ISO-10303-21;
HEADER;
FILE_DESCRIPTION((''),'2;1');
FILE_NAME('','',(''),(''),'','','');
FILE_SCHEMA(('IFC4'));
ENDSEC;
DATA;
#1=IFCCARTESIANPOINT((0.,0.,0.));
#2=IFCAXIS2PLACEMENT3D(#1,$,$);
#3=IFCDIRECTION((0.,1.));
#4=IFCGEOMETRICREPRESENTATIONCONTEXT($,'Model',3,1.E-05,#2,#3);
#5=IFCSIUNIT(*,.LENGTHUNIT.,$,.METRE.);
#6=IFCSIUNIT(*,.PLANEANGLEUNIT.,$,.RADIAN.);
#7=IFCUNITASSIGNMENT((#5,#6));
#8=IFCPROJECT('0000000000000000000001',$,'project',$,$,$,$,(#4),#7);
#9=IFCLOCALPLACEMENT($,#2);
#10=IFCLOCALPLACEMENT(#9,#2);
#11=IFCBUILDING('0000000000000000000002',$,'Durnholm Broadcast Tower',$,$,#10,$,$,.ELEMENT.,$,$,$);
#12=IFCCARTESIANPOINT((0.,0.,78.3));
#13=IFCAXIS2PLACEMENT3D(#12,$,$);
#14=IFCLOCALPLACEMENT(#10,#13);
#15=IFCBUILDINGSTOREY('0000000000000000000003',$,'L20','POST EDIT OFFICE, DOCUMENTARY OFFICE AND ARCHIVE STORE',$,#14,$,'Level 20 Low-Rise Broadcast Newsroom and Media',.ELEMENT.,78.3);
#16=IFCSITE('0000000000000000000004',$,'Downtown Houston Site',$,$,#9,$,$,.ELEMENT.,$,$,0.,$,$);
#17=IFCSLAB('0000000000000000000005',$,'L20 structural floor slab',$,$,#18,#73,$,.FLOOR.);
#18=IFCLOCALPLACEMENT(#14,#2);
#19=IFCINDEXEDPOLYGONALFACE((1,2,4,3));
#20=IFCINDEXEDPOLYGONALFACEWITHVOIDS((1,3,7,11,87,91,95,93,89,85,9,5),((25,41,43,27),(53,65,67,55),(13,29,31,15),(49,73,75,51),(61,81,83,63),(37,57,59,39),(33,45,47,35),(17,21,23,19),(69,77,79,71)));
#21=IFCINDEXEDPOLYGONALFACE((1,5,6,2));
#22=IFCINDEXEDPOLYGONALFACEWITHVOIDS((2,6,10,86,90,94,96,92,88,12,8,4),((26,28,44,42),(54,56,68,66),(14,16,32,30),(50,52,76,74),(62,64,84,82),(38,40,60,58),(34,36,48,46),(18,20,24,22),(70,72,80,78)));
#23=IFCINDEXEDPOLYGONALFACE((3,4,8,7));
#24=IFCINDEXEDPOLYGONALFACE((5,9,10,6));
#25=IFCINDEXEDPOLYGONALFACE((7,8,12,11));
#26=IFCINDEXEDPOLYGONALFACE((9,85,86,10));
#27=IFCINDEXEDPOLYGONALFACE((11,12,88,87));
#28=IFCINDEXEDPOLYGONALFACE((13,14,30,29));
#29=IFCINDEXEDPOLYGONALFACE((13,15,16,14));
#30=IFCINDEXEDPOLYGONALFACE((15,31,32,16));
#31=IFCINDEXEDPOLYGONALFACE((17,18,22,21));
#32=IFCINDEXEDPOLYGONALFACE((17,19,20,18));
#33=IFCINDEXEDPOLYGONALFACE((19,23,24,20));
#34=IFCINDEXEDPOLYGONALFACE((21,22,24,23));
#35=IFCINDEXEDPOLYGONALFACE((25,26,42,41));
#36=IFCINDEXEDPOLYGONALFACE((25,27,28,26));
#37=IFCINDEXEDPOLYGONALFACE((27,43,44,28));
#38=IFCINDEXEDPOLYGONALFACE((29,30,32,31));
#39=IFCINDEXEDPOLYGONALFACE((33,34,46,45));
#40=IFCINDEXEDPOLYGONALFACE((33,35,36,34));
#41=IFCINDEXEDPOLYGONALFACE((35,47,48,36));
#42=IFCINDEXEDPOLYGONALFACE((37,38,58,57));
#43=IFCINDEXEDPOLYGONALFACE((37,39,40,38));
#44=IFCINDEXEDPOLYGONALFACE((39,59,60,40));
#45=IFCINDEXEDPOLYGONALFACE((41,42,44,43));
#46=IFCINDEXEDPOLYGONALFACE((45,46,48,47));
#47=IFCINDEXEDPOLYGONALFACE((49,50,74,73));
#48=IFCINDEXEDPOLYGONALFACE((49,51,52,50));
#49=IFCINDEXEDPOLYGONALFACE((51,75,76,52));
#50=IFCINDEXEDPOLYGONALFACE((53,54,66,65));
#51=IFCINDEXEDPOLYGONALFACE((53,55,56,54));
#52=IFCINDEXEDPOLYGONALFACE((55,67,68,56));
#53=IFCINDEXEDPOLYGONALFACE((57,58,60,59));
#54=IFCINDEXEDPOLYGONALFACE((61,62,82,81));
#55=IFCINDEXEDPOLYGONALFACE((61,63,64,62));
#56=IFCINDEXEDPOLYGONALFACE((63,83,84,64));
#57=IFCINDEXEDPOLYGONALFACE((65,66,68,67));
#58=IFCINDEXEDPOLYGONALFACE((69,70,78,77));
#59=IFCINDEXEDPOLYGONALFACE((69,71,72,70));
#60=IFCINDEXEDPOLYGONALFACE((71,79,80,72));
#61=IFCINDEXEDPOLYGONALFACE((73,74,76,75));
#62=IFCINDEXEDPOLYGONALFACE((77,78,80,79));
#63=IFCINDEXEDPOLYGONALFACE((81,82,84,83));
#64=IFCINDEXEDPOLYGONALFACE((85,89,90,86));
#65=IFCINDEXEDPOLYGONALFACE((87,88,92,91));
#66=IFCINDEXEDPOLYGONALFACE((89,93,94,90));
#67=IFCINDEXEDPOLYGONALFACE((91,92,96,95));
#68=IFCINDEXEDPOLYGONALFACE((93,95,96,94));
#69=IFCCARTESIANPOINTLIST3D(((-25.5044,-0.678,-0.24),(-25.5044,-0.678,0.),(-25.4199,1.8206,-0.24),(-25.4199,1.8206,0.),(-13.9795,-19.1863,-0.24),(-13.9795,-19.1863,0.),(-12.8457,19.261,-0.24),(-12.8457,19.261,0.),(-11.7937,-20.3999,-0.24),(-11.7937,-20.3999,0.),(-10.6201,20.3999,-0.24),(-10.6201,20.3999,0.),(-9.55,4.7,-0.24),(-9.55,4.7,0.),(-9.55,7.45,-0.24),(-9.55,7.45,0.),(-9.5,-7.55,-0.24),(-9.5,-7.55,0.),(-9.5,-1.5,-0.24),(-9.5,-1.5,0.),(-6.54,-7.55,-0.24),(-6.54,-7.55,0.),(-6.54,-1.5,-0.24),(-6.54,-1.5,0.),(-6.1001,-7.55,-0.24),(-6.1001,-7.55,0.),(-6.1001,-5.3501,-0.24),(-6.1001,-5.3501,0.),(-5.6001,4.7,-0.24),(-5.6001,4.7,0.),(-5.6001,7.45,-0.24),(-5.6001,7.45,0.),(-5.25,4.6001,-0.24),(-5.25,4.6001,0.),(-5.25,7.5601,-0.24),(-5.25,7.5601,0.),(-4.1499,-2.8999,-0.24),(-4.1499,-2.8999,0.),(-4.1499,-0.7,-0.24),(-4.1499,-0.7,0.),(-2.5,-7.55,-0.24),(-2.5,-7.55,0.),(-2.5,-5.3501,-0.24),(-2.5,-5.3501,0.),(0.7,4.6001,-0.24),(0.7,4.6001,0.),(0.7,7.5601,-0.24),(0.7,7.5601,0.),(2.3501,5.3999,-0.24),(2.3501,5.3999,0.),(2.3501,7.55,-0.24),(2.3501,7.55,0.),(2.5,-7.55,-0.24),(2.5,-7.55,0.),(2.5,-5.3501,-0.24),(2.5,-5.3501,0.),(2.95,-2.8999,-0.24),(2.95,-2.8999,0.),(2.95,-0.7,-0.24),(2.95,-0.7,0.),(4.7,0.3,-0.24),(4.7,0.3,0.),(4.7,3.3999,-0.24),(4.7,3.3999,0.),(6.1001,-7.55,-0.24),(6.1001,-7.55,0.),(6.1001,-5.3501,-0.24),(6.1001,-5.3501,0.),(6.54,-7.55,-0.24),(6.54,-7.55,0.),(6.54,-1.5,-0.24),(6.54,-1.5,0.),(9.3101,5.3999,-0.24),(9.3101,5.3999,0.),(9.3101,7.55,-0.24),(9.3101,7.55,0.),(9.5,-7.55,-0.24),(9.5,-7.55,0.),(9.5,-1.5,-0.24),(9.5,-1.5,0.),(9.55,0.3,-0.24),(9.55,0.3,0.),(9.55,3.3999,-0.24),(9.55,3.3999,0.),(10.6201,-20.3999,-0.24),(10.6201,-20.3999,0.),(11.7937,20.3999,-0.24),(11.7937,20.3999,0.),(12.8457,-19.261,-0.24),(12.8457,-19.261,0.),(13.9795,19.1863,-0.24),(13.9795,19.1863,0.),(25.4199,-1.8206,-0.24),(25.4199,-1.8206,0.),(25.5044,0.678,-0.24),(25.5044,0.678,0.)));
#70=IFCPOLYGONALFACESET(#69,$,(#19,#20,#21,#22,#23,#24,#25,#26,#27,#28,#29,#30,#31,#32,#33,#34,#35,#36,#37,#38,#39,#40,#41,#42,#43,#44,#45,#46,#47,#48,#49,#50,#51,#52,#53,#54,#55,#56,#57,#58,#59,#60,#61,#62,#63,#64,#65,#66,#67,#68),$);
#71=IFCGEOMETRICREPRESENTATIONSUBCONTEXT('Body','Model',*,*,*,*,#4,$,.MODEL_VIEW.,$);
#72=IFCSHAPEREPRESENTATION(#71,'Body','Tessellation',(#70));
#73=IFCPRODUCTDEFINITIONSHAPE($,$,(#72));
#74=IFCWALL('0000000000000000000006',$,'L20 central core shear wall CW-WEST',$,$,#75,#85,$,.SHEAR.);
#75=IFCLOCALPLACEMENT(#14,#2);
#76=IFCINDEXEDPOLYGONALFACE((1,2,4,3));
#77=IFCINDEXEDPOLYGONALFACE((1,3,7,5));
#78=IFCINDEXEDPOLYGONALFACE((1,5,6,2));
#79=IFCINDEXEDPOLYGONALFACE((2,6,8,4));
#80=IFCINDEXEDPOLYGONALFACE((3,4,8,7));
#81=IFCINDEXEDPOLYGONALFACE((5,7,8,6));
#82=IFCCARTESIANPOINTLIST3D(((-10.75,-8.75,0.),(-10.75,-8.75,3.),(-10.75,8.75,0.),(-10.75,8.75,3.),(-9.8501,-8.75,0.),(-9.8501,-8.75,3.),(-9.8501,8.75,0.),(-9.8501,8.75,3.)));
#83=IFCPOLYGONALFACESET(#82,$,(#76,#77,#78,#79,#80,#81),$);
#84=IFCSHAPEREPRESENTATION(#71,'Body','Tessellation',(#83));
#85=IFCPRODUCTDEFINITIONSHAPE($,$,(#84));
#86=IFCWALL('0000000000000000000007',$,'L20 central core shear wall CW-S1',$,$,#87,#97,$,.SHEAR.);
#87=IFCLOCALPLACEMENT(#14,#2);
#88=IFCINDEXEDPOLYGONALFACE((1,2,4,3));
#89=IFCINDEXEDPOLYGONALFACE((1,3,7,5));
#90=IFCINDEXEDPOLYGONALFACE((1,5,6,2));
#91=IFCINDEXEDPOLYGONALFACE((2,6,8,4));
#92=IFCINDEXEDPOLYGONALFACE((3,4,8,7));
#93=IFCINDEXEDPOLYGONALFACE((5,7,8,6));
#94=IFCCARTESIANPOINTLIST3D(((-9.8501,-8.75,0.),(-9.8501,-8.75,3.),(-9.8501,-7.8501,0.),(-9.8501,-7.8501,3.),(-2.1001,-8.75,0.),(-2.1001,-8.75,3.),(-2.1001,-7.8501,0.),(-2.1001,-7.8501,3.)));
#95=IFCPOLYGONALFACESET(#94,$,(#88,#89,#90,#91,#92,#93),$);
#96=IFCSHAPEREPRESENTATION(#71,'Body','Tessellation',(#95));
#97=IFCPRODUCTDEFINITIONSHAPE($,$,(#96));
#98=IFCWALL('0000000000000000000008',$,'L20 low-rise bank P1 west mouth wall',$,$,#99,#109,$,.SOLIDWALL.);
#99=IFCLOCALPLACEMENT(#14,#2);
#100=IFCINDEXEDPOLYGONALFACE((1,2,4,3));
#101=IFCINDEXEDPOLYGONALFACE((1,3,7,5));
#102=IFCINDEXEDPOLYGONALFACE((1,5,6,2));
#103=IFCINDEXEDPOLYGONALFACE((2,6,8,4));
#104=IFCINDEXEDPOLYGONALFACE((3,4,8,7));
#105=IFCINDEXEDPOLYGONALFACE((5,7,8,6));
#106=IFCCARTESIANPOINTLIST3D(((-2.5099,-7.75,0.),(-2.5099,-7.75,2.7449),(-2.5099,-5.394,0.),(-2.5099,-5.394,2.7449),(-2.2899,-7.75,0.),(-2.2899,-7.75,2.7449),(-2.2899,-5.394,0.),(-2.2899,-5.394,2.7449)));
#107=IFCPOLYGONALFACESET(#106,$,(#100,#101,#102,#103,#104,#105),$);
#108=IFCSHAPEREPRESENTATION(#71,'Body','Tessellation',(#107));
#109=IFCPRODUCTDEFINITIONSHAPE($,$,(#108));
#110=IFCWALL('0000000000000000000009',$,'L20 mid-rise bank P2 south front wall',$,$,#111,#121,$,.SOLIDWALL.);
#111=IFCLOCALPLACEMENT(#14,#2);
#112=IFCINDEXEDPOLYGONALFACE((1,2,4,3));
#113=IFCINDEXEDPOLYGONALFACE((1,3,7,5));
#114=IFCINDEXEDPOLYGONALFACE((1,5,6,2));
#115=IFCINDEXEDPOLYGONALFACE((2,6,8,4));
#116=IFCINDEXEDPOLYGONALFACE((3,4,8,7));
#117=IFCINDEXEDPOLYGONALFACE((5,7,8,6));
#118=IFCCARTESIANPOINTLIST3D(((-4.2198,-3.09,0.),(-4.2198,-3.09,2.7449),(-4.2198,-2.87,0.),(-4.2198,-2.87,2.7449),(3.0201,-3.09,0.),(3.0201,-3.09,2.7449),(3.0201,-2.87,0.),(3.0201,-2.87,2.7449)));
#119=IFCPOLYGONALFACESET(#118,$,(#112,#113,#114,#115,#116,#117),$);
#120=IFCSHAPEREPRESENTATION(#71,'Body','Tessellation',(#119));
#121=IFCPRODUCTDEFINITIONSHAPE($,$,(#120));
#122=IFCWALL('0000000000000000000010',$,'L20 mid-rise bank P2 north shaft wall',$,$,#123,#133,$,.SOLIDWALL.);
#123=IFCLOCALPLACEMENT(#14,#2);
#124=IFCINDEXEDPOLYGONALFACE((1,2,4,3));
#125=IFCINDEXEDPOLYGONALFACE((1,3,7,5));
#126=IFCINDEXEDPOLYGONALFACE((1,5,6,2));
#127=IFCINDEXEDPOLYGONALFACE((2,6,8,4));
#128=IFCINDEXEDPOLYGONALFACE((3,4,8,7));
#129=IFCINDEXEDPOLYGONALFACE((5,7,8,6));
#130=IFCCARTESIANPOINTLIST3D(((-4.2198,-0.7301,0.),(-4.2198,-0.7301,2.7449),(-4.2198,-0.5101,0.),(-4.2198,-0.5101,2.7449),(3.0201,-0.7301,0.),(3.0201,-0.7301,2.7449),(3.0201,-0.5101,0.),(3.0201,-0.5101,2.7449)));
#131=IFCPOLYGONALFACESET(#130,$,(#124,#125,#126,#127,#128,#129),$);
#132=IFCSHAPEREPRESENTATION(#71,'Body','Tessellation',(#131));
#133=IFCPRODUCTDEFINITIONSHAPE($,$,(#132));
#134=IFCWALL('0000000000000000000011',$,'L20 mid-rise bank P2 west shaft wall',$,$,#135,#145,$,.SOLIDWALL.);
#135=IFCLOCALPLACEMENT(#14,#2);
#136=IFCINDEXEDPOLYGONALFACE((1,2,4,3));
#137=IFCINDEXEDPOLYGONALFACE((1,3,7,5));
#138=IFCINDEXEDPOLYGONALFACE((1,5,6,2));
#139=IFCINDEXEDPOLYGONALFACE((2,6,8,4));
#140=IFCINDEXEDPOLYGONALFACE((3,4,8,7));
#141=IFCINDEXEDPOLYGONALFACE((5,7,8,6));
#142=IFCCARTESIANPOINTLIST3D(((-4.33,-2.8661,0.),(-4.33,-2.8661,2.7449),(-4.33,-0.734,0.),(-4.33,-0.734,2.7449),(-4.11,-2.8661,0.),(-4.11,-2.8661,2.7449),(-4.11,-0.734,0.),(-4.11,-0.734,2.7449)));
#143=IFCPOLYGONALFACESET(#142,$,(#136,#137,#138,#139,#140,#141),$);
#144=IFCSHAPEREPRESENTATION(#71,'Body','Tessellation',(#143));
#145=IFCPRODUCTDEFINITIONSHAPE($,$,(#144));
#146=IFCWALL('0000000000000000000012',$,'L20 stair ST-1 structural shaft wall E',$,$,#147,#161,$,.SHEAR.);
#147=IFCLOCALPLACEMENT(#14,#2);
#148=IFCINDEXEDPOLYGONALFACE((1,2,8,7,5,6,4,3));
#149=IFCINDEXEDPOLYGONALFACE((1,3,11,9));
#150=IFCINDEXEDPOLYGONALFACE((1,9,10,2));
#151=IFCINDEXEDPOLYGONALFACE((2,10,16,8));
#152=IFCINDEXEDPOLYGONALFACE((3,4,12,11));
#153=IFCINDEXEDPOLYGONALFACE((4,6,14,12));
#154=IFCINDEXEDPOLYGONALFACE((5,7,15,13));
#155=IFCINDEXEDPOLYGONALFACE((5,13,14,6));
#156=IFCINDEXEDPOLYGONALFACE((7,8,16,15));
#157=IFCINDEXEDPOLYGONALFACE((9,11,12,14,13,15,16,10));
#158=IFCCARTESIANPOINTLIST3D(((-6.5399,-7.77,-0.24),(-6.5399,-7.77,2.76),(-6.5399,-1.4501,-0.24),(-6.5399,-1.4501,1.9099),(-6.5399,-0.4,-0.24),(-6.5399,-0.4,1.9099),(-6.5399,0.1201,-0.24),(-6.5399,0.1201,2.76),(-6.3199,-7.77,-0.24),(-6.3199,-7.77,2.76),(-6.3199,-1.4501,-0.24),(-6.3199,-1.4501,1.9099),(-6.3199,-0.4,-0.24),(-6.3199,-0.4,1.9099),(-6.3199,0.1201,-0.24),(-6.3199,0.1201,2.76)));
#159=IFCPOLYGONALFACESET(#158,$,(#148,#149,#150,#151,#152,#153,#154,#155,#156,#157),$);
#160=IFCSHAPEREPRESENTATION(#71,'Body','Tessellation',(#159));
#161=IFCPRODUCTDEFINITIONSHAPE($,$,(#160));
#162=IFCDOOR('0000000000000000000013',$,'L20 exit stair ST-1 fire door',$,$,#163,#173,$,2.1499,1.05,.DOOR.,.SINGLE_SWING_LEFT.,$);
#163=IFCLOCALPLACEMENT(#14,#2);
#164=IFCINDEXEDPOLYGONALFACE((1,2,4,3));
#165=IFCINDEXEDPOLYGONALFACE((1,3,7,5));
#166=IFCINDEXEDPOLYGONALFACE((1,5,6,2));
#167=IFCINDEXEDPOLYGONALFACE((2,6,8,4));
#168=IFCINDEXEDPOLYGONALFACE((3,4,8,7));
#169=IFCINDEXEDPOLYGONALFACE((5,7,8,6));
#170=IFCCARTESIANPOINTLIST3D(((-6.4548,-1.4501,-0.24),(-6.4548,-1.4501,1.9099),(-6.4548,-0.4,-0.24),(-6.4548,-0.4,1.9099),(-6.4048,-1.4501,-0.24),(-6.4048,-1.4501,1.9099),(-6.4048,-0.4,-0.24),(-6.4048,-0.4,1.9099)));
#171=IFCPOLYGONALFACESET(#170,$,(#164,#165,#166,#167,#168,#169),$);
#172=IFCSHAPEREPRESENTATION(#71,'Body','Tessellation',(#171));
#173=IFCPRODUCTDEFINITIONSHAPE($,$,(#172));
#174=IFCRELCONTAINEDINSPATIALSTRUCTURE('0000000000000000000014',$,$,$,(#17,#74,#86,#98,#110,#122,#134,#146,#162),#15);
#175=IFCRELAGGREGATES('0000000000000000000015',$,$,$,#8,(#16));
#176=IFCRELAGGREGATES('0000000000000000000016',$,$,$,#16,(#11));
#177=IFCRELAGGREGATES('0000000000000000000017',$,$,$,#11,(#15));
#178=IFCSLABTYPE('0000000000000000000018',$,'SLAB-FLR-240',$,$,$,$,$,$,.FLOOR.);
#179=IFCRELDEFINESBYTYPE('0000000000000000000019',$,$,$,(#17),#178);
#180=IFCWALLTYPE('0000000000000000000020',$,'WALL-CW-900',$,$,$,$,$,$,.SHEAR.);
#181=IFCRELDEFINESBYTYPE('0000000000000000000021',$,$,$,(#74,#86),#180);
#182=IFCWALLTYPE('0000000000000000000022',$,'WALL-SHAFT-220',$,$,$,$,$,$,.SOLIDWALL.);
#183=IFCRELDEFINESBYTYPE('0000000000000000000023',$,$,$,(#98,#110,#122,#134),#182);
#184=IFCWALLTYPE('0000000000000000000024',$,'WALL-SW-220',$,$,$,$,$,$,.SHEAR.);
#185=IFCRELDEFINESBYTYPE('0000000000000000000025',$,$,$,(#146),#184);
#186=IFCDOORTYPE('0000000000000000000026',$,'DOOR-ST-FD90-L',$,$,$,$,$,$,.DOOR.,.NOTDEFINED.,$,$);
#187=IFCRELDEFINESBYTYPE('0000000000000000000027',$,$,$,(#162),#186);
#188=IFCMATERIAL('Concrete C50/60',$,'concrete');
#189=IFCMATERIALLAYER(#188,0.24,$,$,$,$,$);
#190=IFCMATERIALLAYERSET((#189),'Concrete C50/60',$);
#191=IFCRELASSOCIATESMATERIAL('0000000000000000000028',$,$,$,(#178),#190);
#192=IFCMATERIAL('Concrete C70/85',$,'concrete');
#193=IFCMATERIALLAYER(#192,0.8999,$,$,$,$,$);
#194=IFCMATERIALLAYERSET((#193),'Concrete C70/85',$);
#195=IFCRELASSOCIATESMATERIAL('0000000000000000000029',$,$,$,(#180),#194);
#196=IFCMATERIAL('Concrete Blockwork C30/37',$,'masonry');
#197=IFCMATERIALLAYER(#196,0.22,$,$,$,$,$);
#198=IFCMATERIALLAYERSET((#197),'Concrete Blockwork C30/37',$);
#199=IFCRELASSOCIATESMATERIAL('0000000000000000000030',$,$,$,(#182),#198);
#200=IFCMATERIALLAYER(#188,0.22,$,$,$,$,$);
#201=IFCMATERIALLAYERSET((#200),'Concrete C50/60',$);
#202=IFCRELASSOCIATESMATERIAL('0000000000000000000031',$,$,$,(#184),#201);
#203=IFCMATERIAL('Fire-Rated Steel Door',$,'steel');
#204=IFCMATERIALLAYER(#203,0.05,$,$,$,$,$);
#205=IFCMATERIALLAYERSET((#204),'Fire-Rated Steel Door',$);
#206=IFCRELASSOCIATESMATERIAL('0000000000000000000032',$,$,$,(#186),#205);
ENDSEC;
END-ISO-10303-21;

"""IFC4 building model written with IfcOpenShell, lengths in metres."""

from ifc_helpers import new_model, si_unit, direction, frame, frame_2d, origin, place, context, subcontext, project, spatial, polyline, rectangle, outline, extrude, source, transform, mapped, material, layer, layer_set, type_object, type_shapes, element, fill, save


model = new_model("IFC4")

# Units and contexts
model_context = context("Model", 3, precision=1e-05, world=origin(), true_north=direction((0.0, 1.0)))
body_context = subcontext(model_context, "Body", "Model", "MODEL_VIEW")
ifc_project = project(units=[si_unit("LENGTHUNIT", "METRE"), si_unit("PLANEANGLEUNIT", "RADIAN")], contexts=[model_context])

# Site, building, storey
site_placement = place(None, origin())
site = spatial("IfcSite", under=ifc_project, at=site_placement, Name="Downtown Houston Site", CompositionType="ELEMENT", RefElevation=0.0)
building_placement = place(site_placement, origin())
building = spatial("IfcBuilding", under=site, at=building_placement, Name="Durnholm Broadcast Tower", CompositionType="ELEMENT")
storey_placement = place(building_placement, frame((0.0, 0.0, 78.3)))
storey = spatial("IfcBuildingStorey", under=building, at=storey_placement, Name="L20", Description="POST EDIT OFFICE, DOCUMENTARY OFFICE AND ARCHIVE STORE", LongName="Level 20 Low-Rise Broadcast Newsroom and Media", CompositionType="ELEMENT", Elevation=78.3)

# Shared definitions
ifc_material_1 = material(Name="Concrete C70/85", Category="concrete")

# Slab
ifc_material_2 = material(Name="Concrete C50/60", Category="concrete")
ifc_layer_1 = layer(ifc_material_2, 0.24)
ifc_layer_set_1 = layer_set([ifc_layer_1], Name="Concrete C50/60")
slab_type = type_object("IfcSlabType", Name="SLAB-FLR-240", PredefinedType="FLOOR", material=ifc_layer_set_1)
slab_placement = place(storey_placement, frame((0.0, 0.0, -0.24)))
element("IfcSlab", 1, at=slab_placement, inside=storey, type_object=slab_type, Name="L20 structural floor slab", PredefinedType="FLOOR", context=body_context, shape_type="SweptSolid", body=[
    extrude(outline(polyline([(-13.9795, -19.1863), (-11.7937, -20.3999), (10.6201, -20.3999), (12.8457, -19.261), (25.4199, -1.8206), (25.5044, 0.678), (13.9795, 19.1863), (11.7937, 20.3999), (-10.6201, 20.3999), (-12.8457, 19.261), (-25.4199, 1.8206), (-25.5044, -0.678), (-13.9795, -19.1863)]), holes=[polyline([(-2.5, -5.3501), (-6.1001, -5.3501), (-6.1001, -7.55), (-2.5, -7.55), (-2.5, -5.3501)]), polyline([(6.1001, -5.3501), (2.5, -5.3501), (2.5, -7.55), (6.1001, -7.55), (6.1001, -5.3501)]), polyline([(-6.54, -7.55), (-6.54, -1.5), (-9.5, -1.5), (-9.5, -7.55), (-6.54, -7.55)]), polyline([(9.5, -7.55), (9.5, -1.5), (6.54, -1.5), (6.54, -7.55), (9.5, -7.55)]), polyline([(2.95, -0.7), (-4.1499, -0.7), (-4.1499, -2.8999), (2.95, -2.8999), (2.95, -0.7)]), polyline([(9.55, 3.3999), (4.7, 3.3999), (4.7, 0.3), (9.55, 0.3), (9.55, 3.3999)]), polyline([(-5.6001, 7.45), (-9.55, 7.45), (-9.55, 4.7), (-5.6001, 4.7), (-5.6001, 7.45)]), polyline([(-5.25, 7.5601), (-5.25, 4.6001), (0.7, 4.6001), (0.7, 7.5601), (-5.25, 7.5601)]), polyline([(9.3101, 5.3999), (9.3101, 7.55), (2.3501, 7.55), (2.3501, 5.3999), (9.3101, 5.3999)])]), origin(), (0.0, 0.0, 1.0), 0.24),
])

# Walls
ifc_layer_2 = layer(ifc_material_1, 0.8999)
ifc_layer_set_2 = layer_set([ifc_layer_2], Name="Concrete C70/85")
wall_type_1 = type_object("IfcWallType", Name="WALL-CW-900", PredefinedType="SHEAR", material=ifc_layer_set_2)
wall_1_placement = place(storey_placement, frame((-10.3, -8.75, 0.0), z_axis=(0.0, 0.0, 1.0), x_axis=(0.0, 1.0, 0.0)))
element("IfcWall", 2, at=wall_1_placement, inside=storey, type_object=wall_type_1, Name="L20 central core shear wall CW-WEST", PredefinedType="SHEAR", context=body_context, shape_type="SweptSolid", body=[
    extrude(rectangle(XDim=17.5, YDim=0.8999, at=frame_2d((8.75, 0.0))), origin(), (0.0, 0.0, 1.0), 3.0),
])
wall_2_placement = place(storey_placement, frame((-9.8501, -8.3, 0.0), z_axis=(0.0, 0.0, 1.0), x_axis=(1.0, 0.0, 0.0)))
element("IfcWall", 3, at=wall_2_placement, inside=storey, type_object=wall_type_1, Name="L20 central core shear wall CW-S1", PredefinedType="SHEAR", context=body_context, shape_type="SweptSolid", body=[
    extrude(rectangle(XDim=7.75, YDim=0.8999, at=frame_2d((3.875, 0.0))), origin(), (0.0, 0.0, 1.0), 3.0),
])

# Shared definitions
ifc_material_3 = material(Name="Concrete Blockwork C30/37", Category="masonry")
ifc_layer_3 = layer(ifc_material_3, 0.22)
ifc_layer_set_3 = layer_set([ifc_layer_3], Name="Concrete Blockwork C30/37")
wall_type_2 = type_object("IfcWallType", Name="WALL-SHAFT-220", PredefinedType="SOLIDWALL", material=ifc_layer_set_3)

# Walls
wall_3_placement = place(storey_placement, frame((-2.3999, -7.75, 0.0), z_axis=(0.0, 0.0, 1.0), x_axis=(0.0, 1.0, 0.0)))
element("IfcWall", 4, at=wall_3_placement, inside=storey, type_object=wall_type_2, Name="L20 low-rise bank P1 west mouth wall", PredefinedType="SOLIDWALL", context=body_context, shape_type="SweptSolid", body=[
    extrude(rectangle(XDim=2.356, YDim=0.22, at=frame_2d((1.178, 0.0))), origin(), (0.0, 0.0, 1.0), 2.7449),
])
for number, where, z_axis, x_axis, name in (
    (5, (-4.22, -2.98, 0.0), (0.0, 0.0, 1.0), (1.0, 0.0, 0.0), "L20 mid-rise bank P2 south front wall"),
    (6, (-4.22, -0.6201, 0.0), (0.0, 0.0, 1.0), (1.0, 0.0, 0.0), "L20 mid-rise bank P2 north shaft wall"),
):
    element("IfcWall", number, at=place(storey_placement, frame(where, z_axis=z_axis, x_axis=x_axis)), inside=storey, type_object=wall_type_2, Name=name, PredefinedType="SOLIDWALL", context=body_context, shape_type="SweptSolid", body=[
        extrude(rectangle(XDim=7.24, YDim=0.22, at=frame_2d((3.6201, 0.0))), origin(), (0.0, 0.0, 1.0), 2.7449),
    ])
wall_4_placement = place(storey_placement, frame((-4.22, -2.866, 0.0), z_axis=(0.0, 0.0, 1.0), x_axis=(0.0, 1.0, 0.0)))
element("IfcWall", 7, at=wall_4_placement, inside=storey, type_object=wall_type_2, Name="L20 mid-rise bank P2 west shaft wall", PredefinedType="SOLIDWALL", context=body_context, shape_type="SweptSolid", body=[
    extrude(rectangle(XDim=2.1321, YDim=0.22, at=frame_2d((1.0659, 0.0))), origin(), (0.0, 0.0, 1.0), 2.7449),
])

# Wall, opening, door
ifc_layer_4 = layer(ifc_material_2, 0.22)
ifc_layer_set_4 = layer_set([ifc_layer_4], Name="Concrete C50/60")
wall_type_3 = type_object("IfcWallType", Name="WALL-SW-220", PredefinedType="SHEAR", material=ifc_layer_set_4)
wall_5_placement = place(storey_placement, frame((-6.4299, -7.77, -0.24), z_axis=(0.0, 0.0, 1.0), x_axis=(0.0, 1.0, 0.0)))
wall_5 = element("IfcWall", 8, at=wall_5_placement, inside=storey, type_object=wall_type_3, Name="L20 stair ST-1 structural shaft wall E", PredefinedType="SHEAR", context=body_context, shape_type="SweptSolid", body=[
    extrude(rectangle(XDim=7.8901, YDim=0.22, at=frame_2d((3.9451, 0.0))), origin(), (0.0, 0.0, 1.0), 3.0),
])
opening_1_placement = place(wall_5_placement, frame((6.3201, 0.0, 0.0)))
opening_1 = element("IfcOpeningElement", 9, at=opening_1_placement, cuts=wall_5, PredefinedType="OPENING", context=body_context, shape_type="SweptSolid", body=[
    extrude(rectangle(XDim=1.05, YDim=2.1499, at=frame_2d((0.5249, 1.075))), frame((0.0, 0.1201, 0.0), z_axis=(0.0, -1.0, 0.0), x_axis=(1.0, 0.0, 0.0)), (0.0, 0.0, 1.0), 0.24),
])
ifc_material_4 = material(Name="Fire-Rated Steel Door", Category="steel")
ifc_layer_5 = layer(ifc_material_4, 0.05)
ifc_layer_set_5 = layer_set([ifc_layer_5], Name="Fire-Rated Steel Door")
door_type_1 = type_object("IfcDoorType", Name="DOOR-ST-FD90-L", OperationType="NOTDEFINED", PredefinedType="DOOR", material=ifc_layer_set_5)
shared_shape_1 = source(origin(), body_context, "Body", "SweptSolid", [
    extrude(rectangle(XDim=1.05, YDim=2.1499, at=frame_2d((0.5249, 1.075))), frame((0.0, 0.0249, 0.0), z_axis=(0.0, -1.0, 0.0), x_axis=(1.0, 0.0, 0.0)), (0.0, 0.0, 1.0), 0.05),
])
type_shapes(door_type_1, [shared_shape_1])
door_1_placement = place(opening_1_placement, origin())
door_1 = element("IfcDoor", 10, at=door_1_placement, inside=storey, type_object=door_type_1, Name="L20 exit stair ST-1 fire door", OperationType="SINGLE_SWING_LEFT", OverallHeight=2.1499, OverallWidth=1.05, PredefinedType="DOOR", context=body_context, shape_type="MappedRepresentation", body=[
    mapped(shared_shape_1, transform((0.0, 0.0, 0.0), x_axis=(1.0, 0.0, 0.0), y_axis=(0.0, 1.0, 0.0), z_axis=(0.0, 0.0, 1.0), scale=1.0)),
])
fill(opening_1, door_1)

save(model, "model.ifc")
